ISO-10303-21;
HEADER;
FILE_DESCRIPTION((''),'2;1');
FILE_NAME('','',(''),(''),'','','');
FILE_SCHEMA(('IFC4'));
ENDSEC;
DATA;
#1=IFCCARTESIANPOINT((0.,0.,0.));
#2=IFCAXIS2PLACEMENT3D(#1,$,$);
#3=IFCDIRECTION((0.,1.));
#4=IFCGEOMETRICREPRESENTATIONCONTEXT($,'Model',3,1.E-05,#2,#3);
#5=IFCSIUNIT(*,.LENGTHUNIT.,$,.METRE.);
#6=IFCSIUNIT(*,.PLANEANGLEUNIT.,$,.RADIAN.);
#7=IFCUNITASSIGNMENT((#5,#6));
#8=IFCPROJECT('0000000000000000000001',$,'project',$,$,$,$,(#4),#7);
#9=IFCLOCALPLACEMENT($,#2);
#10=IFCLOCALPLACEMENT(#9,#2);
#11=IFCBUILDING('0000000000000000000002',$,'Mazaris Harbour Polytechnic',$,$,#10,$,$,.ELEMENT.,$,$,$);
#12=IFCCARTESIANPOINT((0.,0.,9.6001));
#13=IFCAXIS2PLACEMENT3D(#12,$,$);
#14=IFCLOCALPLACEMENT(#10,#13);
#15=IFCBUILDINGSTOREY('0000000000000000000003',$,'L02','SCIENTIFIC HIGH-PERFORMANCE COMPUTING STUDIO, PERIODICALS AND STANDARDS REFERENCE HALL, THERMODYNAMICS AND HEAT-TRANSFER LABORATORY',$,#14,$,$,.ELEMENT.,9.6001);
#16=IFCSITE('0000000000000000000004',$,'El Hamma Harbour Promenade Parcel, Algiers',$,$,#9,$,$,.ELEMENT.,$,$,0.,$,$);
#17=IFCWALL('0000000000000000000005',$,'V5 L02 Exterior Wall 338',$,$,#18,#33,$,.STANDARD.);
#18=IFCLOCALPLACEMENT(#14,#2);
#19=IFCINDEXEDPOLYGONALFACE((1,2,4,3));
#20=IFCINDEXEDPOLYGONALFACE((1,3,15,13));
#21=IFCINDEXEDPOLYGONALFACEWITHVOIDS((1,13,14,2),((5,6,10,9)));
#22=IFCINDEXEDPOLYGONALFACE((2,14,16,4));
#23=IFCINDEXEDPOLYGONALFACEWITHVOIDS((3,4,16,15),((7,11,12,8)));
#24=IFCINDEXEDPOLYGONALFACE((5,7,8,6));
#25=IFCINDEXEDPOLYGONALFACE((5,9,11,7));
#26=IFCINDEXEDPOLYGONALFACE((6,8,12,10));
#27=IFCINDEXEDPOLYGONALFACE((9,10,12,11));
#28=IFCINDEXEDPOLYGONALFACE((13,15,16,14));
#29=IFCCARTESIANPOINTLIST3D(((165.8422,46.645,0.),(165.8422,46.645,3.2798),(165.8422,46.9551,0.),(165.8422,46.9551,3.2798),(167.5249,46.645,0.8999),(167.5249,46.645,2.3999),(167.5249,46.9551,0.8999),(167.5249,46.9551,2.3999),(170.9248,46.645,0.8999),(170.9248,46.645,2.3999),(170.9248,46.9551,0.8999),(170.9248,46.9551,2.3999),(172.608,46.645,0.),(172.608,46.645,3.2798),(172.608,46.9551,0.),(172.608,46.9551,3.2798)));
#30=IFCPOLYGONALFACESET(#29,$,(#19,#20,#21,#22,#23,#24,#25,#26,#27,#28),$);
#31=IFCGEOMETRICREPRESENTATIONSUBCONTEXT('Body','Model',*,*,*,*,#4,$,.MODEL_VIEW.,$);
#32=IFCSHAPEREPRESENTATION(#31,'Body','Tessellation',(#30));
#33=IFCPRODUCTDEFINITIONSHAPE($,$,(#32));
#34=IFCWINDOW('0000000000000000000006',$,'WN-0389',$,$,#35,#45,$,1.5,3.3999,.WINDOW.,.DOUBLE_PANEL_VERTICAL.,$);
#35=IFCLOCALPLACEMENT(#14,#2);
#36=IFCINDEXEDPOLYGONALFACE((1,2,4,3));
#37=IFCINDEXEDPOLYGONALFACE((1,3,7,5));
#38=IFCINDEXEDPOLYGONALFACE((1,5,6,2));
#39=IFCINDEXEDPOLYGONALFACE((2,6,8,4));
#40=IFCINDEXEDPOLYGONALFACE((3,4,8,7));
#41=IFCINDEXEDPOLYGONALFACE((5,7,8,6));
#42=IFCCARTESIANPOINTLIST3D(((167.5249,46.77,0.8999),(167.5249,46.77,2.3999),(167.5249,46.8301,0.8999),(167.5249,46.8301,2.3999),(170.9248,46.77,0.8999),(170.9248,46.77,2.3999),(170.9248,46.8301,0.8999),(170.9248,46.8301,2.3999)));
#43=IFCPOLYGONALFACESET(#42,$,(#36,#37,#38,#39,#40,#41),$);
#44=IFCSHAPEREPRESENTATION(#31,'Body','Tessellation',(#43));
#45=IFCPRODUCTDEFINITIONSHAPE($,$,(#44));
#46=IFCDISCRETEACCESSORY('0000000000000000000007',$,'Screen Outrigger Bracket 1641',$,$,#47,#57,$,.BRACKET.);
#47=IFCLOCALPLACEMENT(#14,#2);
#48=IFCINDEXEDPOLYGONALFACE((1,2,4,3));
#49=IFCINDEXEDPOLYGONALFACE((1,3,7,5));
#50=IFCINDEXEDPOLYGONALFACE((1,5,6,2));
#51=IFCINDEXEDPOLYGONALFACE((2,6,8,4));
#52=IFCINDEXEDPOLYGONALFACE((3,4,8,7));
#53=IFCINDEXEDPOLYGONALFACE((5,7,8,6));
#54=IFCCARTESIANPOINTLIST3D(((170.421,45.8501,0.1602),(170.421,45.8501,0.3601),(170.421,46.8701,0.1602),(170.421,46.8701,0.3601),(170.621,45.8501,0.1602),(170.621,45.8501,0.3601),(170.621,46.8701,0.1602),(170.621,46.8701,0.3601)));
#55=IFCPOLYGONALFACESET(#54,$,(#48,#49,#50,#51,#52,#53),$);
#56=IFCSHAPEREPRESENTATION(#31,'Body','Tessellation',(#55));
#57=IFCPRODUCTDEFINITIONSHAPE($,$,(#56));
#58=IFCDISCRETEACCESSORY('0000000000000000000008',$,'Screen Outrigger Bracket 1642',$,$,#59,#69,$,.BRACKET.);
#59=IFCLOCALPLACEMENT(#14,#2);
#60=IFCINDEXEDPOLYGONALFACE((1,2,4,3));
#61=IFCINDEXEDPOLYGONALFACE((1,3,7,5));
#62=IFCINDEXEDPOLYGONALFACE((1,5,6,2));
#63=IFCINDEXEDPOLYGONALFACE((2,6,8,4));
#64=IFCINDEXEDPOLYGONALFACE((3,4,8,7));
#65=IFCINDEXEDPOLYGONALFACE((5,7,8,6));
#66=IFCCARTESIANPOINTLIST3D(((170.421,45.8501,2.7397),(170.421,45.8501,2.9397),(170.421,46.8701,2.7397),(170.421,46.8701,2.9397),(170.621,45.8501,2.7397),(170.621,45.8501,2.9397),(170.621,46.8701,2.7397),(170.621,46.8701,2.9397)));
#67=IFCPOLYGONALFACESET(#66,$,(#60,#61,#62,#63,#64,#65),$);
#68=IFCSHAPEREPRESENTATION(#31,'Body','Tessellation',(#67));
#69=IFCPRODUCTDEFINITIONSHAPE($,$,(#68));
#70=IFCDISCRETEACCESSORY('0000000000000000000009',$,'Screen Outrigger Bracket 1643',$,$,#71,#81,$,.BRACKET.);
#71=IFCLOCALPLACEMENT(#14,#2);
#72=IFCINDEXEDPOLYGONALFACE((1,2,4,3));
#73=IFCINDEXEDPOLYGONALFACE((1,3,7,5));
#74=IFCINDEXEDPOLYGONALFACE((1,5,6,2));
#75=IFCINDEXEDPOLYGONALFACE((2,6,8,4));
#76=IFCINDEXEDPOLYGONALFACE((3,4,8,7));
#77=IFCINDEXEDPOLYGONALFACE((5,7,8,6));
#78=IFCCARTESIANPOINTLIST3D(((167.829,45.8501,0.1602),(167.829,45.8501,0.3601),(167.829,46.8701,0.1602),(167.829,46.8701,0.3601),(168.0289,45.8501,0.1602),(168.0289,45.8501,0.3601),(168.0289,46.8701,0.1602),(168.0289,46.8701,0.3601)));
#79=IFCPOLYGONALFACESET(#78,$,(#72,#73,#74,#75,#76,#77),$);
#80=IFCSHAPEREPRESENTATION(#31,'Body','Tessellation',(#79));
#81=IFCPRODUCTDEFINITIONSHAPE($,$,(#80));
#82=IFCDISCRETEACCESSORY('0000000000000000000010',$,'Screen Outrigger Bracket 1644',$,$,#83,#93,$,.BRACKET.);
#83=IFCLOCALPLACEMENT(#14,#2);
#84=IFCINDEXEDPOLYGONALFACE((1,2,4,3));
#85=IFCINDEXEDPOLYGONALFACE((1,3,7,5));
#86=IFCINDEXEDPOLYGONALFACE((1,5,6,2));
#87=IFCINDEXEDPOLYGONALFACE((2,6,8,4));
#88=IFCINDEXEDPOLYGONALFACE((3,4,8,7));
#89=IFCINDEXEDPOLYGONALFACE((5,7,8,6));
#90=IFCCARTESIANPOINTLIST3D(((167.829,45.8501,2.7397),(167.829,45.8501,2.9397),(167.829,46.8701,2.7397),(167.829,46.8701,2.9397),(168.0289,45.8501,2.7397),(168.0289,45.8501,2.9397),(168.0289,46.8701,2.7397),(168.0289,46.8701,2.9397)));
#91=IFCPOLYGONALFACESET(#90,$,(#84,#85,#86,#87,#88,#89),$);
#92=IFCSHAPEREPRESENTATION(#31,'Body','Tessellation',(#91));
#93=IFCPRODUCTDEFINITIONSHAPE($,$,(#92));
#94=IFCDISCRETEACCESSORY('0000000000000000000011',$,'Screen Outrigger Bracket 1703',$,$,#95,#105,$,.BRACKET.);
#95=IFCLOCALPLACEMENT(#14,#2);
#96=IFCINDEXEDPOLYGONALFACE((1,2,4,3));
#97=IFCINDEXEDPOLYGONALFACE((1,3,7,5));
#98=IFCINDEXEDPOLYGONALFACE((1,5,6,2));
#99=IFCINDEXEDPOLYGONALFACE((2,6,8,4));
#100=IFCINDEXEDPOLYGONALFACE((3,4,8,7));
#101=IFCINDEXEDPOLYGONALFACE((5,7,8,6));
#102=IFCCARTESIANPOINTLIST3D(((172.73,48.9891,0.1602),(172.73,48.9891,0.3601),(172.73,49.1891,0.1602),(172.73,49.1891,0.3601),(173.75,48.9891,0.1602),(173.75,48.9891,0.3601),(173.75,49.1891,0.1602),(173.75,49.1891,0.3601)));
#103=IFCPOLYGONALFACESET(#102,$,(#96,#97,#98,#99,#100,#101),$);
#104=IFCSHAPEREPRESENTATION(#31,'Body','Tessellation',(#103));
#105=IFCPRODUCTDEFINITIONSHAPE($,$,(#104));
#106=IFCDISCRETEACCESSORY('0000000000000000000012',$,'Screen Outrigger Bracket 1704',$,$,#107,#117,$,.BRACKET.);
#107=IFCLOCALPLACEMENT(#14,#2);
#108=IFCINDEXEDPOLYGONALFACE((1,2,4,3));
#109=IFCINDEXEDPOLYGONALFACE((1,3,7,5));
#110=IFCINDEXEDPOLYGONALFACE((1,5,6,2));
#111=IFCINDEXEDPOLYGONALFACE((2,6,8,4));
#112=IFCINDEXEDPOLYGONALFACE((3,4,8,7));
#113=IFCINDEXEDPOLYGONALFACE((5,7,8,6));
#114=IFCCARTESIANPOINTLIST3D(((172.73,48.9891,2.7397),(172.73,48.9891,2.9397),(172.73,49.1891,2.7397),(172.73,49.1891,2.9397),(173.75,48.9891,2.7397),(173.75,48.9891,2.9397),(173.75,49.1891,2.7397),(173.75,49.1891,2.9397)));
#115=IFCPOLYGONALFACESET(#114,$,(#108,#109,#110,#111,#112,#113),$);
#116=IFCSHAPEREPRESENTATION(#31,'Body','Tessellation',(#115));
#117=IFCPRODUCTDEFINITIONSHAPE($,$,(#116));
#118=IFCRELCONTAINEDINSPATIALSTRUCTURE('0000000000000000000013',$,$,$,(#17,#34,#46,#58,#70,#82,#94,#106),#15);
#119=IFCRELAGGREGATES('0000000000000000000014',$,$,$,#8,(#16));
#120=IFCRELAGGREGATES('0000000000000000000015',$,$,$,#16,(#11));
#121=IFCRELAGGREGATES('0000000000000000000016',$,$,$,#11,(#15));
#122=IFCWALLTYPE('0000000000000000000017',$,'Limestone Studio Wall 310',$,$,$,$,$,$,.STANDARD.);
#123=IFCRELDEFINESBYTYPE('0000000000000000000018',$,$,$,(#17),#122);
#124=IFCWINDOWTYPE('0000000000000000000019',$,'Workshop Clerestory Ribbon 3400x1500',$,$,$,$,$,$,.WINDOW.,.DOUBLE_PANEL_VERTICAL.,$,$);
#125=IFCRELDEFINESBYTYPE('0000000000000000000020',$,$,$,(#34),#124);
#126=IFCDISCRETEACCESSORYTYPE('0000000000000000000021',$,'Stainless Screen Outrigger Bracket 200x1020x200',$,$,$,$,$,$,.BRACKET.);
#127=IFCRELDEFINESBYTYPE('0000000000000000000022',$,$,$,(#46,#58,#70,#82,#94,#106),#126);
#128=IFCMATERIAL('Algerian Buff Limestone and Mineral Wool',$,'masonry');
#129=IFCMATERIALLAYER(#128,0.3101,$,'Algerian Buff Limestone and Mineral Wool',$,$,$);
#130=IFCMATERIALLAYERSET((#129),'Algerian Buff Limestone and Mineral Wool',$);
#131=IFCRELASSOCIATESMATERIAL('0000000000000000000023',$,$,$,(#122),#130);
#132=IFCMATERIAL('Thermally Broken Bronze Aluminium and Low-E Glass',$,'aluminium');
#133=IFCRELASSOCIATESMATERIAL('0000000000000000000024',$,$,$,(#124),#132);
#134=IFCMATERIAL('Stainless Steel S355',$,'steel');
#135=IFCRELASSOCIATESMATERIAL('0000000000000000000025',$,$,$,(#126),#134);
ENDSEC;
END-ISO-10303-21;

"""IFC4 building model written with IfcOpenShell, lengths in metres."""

from ifc_helpers import new_model, si_unit, direction, frame, frame_2d, origin, origin_2d, place, context, subcontext, project, spatial, rectangle, extrude, material, layer, layer_set, type_object, element, fill, save


model = new_model("IFC4")

# Units and contexts
model_context = context("Model", 3, precision=1e-05, world=origin(), true_north=direction((0.0, 1.0)))
body_context = subcontext(model_context, "Body", "Model", "MODEL_VIEW")
ifc_project = project(units=[si_unit("LENGTHUNIT", "METRE"), si_unit("PLANEANGLEUNIT", "RADIAN")], contexts=[model_context])

# Site, building, storey
site_placement = place(None, origin())
site = spatial("IfcSite", under=ifc_project, at=site_placement, Name="El Hamma Harbour Promenade Parcel, Algiers", CompositionType="ELEMENT", RefElevation=0.0)
building_placement = place(site_placement, origin())
building = spatial("IfcBuilding", under=site, at=building_placement, Name="Mazaris Harbour Polytechnic", CompositionType="ELEMENT")
storey_placement = place(building_placement, frame((0.0, 0.0, 9.6001)))
storey = spatial("IfcBuildingStorey", under=building, at=storey_placement, Name="L02", Description="SCIENTIFIC HIGH-PERFORMANCE COMPUTING STUDIO, PERIODICALS AND STANDARDS REFERENCE HALL, THERMODYNAMICS AND HEAT-TRANSFER LABORATORY", CompositionType="ELEMENT", Elevation=9.6001)

# Wall, opening, window
ifc_material_1 = material(Name="Algerian Buff Limestone and Mineral Wool", Category="masonry")
ifc_layer = layer(ifc_material_1, 0.3101, Name="Algerian Buff Limestone and Mineral Wool")
ifc_layer_set = layer_set([ifc_layer], Name="Algerian Buff Limestone and Mineral Wool")
wall_type = type_object("IfcWallType", Name="Limestone Studio Wall 310", PredefinedType="STANDARD", material=ifc_layer_set)
wall_placement = place(storey_placement, frame((172.6079, 46.8, 0.0), z_axis=(0.0, 0.0, 1.0), x_axis=(-1.0, 0.0, 0.0)))
wall = element("IfcWall", 1, at=wall_placement, inside=storey, type_object=wall_type, Name="V5 L02 Exterior Wall 338", PredefinedType="STANDARD", context=body_context, shape_type="SweptSolid", body=[
    extrude(rectangle(XDim=6.7659, YDim=0.3101, at=frame_2d((3.3828, 0.0))), origin(), (0.0, 0.0, 1.0), 3.2798),
])
opening_placement = place(wall_placement, frame((1.6831, 0.0, 0.8999)))
opening = element("IfcOpeningElement", 2, at=opening_placement, cuts=wall, PredefinedType="OPENING", context=body_context, shape_type="SweptSolid", body=[
    extrude(rectangle(XDim=3.3999, YDim=1.5, at=frame_2d((1.7, 0.75))), frame((0.0, 0.165, 0.0), z_axis=(0.0, -1.0, 0.0), x_axis=(1.0, 0.0, 0.0)), (0.0, 0.0, 1.0), 0.3301),
])
ifc_material_2 = material(Name="Thermally Broken Bronze Aluminium and Low-E Glass", Category="aluminium")
window_type = type_object("IfcWindowType", Name="Workshop Clerestory Ribbon 3400x1500", PartitioningType="DOUBLE_PANEL_VERTICAL", PredefinedType="WINDOW", material=ifc_material_2)
window_placement = place(opening_placement, origin())
window = element("IfcWindow", 3, at=window_placement, inside=storey, type_object=window_type, Name="WN-0389", OverallHeight=1.5, OverallWidth=3.3999, PartitioningType="DOUBLE_PANEL_VERTICAL", PredefinedType="WINDOW", context=body_context, shape_type="SweptSolid", body=[
    extrude(rectangle(XDim=3.3999, YDim=1.5, at=frame_2d((1.7, 0.75))), frame((0.0, 0.03, 0.0), z_axis=(0.0, -1.0, 0.0), x_axis=(1.0, 0.0, 0.0)), (0.0, 0.0, 1.0), 0.0601),
])
fill(opening, window)

# Discrete accessories
ifc_material_3 = material(Name="Stainless Steel S355", Category="steel")
discrete_accessory_type = type_object("IfcDiscreteAccessoryType", Name="Stainless Screen Outrigger Bracket 200x1020x200", PredefinedType="BRACKET", material=ifc_material_3)
for number, where, z_axis, x_axis, name in (
    (4, (170.521, 46.3601, 0.1602), (0.0, 0.0, 1.0), (-1.0, 0.0, 0.0), "Screen Outrigger Bracket 1641"),
    (5, (170.521, 46.3601, 2.7397), (0.0, 0.0, 1.0), (-1.0, 0.0, 0.0), "Screen Outrigger Bracket 1642"),
    (6, (167.929, 46.3601, 0.1602), (0.0, 0.0, 1.0), (-1.0, 0.0, 0.0), "Screen Outrigger Bracket 1643"),
    (7, (167.929, 46.3601, 2.7397), (0.0, 0.0, 1.0), (-1.0, 0.0, 0.0), "Screen Outrigger Bracket 1644"),
    (8, (173.24, 49.0891, 0.1602), (0.0, 0.0, 1.0), (0.0, -1.0, 0.0), "Screen Outrigger Bracket 1703"),
    (9, (173.24, 49.0891, 2.7397), (0.0, 0.0, 1.0), (0.0, -1.0, 0.0), "Screen Outrigger Bracket 1704"),
):
    element("IfcDiscreteAccessory", number, at=place(storey_placement, frame(where, z_axis=z_axis, x_axis=x_axis)), inside=storey, type_object=discrete_accessory_type, Name=name, PredefinedType="BRACKET", context=body_context, shape_type="SweptSolid", body=[
        extrude(rectangle(XDim=0.2, YDim=1.02, at=origin_2d()), origin(), (0.0, 0.0, 1.0), 0.2),
    ])

save(model, "model.ifc")
